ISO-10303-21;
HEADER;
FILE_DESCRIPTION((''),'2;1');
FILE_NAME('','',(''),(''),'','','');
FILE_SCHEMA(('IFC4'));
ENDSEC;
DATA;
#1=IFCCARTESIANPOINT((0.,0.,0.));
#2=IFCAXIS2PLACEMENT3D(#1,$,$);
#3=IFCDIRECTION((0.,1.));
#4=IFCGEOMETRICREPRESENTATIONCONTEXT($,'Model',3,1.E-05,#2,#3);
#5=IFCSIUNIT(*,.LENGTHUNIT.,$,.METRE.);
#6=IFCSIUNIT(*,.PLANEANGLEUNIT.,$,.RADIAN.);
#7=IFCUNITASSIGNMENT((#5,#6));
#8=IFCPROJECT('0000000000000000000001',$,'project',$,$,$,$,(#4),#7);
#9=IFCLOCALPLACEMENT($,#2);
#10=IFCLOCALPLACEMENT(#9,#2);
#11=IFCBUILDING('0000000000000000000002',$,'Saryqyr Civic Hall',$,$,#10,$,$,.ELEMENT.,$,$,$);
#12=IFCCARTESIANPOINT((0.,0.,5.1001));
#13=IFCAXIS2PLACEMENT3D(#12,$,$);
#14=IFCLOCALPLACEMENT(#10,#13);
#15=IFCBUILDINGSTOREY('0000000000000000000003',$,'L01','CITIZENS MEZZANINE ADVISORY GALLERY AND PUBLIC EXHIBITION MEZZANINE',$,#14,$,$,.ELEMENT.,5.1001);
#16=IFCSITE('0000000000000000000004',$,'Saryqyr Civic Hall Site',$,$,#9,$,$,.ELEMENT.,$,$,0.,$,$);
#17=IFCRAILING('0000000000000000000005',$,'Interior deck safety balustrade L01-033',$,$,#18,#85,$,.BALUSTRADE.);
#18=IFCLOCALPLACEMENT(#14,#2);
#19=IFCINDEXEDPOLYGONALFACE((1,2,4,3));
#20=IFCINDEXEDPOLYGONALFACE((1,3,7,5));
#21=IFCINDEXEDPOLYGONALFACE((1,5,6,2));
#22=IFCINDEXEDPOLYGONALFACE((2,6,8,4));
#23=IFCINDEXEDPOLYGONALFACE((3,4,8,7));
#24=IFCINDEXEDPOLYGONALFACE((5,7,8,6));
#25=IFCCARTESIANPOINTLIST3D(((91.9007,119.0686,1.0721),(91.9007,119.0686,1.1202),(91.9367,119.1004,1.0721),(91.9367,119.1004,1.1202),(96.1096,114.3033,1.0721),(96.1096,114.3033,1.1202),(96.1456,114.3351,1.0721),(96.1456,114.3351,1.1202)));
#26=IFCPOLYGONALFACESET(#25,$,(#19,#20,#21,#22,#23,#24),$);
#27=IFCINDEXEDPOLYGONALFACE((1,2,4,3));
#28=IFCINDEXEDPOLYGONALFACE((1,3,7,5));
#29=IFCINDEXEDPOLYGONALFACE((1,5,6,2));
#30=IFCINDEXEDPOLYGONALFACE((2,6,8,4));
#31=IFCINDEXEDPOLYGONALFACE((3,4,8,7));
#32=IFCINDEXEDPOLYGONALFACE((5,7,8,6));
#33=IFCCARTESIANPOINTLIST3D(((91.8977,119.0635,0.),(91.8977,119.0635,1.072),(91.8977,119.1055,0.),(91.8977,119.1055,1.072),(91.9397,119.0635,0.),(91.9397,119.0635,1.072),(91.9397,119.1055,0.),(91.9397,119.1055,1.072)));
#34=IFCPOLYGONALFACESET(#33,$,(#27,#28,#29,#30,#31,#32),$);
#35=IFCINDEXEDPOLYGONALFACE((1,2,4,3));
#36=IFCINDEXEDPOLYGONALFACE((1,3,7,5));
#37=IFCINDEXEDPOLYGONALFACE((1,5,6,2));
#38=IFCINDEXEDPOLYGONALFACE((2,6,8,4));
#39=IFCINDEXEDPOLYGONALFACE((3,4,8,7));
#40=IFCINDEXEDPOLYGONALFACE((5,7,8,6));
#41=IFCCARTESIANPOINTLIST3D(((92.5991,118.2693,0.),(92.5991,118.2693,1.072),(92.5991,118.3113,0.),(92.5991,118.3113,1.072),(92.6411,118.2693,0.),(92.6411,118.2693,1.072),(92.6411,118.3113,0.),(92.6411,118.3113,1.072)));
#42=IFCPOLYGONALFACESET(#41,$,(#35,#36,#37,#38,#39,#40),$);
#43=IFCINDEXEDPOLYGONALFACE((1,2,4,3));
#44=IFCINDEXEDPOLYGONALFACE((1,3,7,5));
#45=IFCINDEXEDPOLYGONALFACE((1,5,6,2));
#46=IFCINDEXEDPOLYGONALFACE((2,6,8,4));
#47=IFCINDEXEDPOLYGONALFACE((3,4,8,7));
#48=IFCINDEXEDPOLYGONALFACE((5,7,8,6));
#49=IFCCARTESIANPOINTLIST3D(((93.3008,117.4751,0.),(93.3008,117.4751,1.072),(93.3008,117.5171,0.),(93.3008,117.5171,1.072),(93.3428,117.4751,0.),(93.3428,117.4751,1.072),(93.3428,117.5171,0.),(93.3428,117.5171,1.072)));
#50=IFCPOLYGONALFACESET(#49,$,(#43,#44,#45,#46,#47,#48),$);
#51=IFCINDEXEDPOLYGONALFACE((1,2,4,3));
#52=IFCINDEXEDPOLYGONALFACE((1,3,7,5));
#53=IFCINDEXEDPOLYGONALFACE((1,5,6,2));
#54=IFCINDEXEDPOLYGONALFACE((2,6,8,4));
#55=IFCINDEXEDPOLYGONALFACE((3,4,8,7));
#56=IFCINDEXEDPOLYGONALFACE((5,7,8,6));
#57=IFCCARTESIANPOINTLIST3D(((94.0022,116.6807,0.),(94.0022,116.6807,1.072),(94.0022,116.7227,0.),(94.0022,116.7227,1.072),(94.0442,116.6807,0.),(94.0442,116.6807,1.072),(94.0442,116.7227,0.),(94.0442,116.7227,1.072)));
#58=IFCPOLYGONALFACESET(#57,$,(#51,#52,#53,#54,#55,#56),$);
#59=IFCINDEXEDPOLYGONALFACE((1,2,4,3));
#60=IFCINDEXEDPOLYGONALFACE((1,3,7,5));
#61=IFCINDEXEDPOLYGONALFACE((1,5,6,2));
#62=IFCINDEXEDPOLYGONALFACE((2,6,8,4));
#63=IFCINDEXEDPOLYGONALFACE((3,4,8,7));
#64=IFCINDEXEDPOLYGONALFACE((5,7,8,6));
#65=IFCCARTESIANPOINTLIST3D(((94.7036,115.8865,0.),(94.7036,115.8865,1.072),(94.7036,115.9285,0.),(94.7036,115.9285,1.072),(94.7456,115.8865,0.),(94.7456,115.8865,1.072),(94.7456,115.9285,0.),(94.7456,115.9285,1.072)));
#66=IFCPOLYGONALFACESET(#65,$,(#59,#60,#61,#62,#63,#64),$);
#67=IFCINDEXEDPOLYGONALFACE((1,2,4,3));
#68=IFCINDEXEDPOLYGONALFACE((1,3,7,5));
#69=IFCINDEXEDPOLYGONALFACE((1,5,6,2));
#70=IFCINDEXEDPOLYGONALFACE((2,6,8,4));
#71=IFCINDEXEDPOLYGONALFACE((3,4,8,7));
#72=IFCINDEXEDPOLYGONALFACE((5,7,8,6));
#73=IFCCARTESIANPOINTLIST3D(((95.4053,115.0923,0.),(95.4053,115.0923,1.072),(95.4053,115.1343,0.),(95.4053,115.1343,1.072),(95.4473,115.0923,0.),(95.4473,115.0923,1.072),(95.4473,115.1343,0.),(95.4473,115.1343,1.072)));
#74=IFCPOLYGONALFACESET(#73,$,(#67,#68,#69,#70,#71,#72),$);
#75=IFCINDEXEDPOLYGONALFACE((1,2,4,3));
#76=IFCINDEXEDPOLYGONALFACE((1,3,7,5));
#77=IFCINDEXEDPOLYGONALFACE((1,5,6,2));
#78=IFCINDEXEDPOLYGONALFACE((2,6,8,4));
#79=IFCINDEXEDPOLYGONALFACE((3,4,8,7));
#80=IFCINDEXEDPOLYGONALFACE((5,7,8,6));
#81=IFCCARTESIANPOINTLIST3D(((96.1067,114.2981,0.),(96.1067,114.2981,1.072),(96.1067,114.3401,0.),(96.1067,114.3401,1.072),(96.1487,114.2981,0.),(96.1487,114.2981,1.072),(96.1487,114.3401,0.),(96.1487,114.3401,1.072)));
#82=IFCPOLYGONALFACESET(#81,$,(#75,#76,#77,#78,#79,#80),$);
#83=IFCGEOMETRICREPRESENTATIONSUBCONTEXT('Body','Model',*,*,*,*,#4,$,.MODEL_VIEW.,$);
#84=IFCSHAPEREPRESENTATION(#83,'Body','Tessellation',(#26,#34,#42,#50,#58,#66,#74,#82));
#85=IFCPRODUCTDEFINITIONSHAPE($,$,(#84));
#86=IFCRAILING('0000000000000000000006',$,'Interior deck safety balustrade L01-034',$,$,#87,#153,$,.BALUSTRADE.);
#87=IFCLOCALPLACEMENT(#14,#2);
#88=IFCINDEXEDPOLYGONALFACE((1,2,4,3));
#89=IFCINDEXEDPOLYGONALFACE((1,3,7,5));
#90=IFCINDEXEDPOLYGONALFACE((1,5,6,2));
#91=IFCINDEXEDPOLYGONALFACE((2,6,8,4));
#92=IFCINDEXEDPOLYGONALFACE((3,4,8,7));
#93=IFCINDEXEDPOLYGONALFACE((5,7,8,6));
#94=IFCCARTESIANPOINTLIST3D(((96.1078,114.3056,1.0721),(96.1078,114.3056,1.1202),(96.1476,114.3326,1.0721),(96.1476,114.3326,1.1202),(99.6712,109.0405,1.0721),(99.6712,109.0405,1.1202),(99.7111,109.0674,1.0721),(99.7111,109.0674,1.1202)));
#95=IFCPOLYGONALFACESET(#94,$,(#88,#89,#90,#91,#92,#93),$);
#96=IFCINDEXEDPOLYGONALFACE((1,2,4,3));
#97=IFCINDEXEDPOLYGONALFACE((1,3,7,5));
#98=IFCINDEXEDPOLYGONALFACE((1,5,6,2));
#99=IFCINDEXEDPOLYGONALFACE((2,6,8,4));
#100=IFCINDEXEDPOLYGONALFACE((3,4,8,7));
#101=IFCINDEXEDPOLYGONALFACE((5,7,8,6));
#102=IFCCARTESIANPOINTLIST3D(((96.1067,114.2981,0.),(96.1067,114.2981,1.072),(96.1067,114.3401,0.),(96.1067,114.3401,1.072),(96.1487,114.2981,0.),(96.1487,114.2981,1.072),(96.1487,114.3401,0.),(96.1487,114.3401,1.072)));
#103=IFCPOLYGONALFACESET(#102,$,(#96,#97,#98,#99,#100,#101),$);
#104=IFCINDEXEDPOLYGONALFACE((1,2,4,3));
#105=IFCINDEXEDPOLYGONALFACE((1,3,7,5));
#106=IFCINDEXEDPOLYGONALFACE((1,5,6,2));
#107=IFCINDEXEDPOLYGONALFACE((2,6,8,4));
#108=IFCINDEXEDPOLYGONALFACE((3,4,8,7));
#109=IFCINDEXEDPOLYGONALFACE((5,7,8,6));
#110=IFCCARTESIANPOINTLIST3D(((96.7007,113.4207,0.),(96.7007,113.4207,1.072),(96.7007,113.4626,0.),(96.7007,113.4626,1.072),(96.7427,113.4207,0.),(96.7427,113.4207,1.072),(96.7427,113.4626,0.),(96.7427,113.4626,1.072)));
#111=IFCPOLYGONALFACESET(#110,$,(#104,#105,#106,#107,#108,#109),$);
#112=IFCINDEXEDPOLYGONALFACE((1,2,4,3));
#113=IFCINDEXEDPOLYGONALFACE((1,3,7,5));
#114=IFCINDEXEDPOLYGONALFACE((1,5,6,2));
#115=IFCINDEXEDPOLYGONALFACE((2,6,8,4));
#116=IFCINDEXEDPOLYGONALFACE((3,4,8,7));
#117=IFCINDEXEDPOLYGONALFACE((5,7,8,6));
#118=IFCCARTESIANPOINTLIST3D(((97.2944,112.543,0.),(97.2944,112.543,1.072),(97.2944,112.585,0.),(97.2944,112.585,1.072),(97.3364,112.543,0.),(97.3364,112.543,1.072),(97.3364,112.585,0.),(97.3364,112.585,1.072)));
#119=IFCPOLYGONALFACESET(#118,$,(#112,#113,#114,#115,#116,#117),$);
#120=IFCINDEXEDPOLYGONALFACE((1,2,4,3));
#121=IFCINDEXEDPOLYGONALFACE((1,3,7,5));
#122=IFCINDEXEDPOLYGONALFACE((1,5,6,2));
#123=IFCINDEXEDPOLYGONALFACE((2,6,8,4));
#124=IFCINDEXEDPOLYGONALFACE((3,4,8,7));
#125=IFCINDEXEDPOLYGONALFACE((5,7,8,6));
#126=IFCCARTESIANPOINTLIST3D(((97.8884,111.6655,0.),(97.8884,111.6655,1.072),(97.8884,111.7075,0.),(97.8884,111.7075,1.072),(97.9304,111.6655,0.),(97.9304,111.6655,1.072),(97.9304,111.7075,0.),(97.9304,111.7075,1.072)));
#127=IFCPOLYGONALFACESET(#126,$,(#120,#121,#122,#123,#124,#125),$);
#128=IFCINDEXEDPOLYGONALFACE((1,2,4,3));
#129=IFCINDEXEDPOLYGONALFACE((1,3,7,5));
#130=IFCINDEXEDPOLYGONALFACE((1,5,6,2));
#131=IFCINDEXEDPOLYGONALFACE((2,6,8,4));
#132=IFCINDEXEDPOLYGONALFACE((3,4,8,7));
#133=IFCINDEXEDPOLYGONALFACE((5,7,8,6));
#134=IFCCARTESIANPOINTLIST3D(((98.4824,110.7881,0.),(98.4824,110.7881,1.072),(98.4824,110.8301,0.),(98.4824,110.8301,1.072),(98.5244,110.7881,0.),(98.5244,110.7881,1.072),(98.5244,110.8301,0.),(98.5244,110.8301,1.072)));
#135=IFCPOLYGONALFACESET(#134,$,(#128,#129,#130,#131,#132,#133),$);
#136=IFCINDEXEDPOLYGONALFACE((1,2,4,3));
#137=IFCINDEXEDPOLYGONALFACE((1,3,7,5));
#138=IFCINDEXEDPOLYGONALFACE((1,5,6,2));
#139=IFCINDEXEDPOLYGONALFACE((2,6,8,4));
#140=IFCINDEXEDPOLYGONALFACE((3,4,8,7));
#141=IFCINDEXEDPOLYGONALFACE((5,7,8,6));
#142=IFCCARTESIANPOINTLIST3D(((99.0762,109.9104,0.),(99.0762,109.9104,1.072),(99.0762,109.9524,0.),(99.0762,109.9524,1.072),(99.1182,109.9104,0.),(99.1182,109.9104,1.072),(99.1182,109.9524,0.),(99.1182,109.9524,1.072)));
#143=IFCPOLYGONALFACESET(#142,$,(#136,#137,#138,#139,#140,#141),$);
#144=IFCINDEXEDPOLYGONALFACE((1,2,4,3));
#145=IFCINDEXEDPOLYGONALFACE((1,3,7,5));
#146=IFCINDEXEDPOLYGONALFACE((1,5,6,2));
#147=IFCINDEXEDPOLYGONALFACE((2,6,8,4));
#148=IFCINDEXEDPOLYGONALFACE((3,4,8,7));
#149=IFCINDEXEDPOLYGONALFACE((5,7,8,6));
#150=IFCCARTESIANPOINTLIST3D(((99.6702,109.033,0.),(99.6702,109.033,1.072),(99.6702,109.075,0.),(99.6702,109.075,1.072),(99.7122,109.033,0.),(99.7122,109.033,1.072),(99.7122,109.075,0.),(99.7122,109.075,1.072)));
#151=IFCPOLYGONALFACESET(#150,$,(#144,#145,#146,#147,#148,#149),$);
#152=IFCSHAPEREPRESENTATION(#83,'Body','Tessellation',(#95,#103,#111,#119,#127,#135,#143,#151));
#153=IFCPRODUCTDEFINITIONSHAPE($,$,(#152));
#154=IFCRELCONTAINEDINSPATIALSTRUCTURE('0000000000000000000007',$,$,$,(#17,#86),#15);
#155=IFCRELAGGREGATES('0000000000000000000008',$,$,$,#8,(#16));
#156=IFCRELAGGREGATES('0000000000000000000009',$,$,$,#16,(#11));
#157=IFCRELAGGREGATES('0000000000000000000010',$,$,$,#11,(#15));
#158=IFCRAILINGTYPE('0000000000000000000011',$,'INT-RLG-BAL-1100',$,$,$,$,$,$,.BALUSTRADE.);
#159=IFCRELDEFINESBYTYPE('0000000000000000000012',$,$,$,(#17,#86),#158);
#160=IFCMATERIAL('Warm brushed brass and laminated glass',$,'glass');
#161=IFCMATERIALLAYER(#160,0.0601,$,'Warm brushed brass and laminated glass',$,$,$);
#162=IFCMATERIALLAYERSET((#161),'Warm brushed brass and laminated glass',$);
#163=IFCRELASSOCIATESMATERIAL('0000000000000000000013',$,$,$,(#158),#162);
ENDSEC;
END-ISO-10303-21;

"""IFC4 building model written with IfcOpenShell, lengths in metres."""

from ifc_helpers import new_model, si_unit, direction, frame, origin, origin_2d, place, context, subcontext, project, spatial, rectangle, extrude, material, layer, layer_set, type_object, element, save


model = new_model("IFC4")

# Units and contexts
model_context = context("Model", 3, precision=1e-05, world=origin(), true_north=direction((0.0, 1.0)))
body_context = subcontext(model_context, "Body", "Model", "MODEL_VIEW")
ifc_project = project(units=[si_unit("LENGTHUNIT", "METRE"), si_unit("PLANEANGLEUNIT", "RADIAN")], contexts=[model_context])

# Site, building, storey
site_placement = place(None, origin())
site = spatial("IfcSite", under=ifc_project, at=site_placement, Name="Saryqyr Civic Hall Site", CompositionType="ELEMENT", RefElevation=0.0)
building_placement = place(site_placement, origin())
building = spatial("IfcBuilding", under=site, at=building_placement, Name="Saryqyr Civic Hall", CompositionType="ELEMENT")
storey_placement = place(building_placement, frame((0.0, 0.0, 5.1001)))
storey = spatial("IfcBuildingStorey", under=building, at=storey_placement, Name="L01", Description="CITIZENS MEZZANINE ADVISORY GALLERY AND PUBLIC EXHIBITION MEZZANINE", CompositionType="ELEMENT", Elevation=5.1001)

# Railings
ifc_material_1 = material(Name="Warm brushed brass and laminated glass", Category="glass")
ifc_layer_1 = layer(ifc_material_1, 0.0601, Name="Warm brushed brass and laminated glass")
ifc_layer_set_1 = layer_set([ifc_layer_1], Name="Warm brushed brass and laminated glass")
railing_type = type_object("IfcRailingType", Name="INT-RLG-BAL-1100", PredefinedType="BALUSTRADE", material=ifc_layer_set_1)
railing_1_placement = place(storey_placement, frame((91.9187, 119.0845, 0.0)))
element("IfcRailing", 1, at=railing_1_placement, inside=storey, type_object=railing_type, Name="Interior deck safety balustrade L01-033", PredefinedType="BALUSTRADE", context=body_context, shape_type="SweptSolid", body=[
    extrude(rectangle(XDim=0.0481, YDim=0.0481, at=origin_2d()), frame((0.0, 0.0, 1.0962), z_axis=(0.661996, -0.749507, 0.0), x_axis=(0.749507, 0.661996, 0.0)), (0.0, 0.0, 1.0), 6.3579),
    extrude(rectangle(XDim=0.042, YDim=0.042, at=origin_2d()), origin(), (0.0, 0.0, 1.0), 1.072),
    extrude(rectangle(XDim=0.042, YDim=0.042, at=origin_2d()), frame((0.7014, -0.7942, 0.0)), (0.0, 0.0, 1.0), 1.072),
    extrude(rectangle(XDim=0.042, YDim=0.042, at=origin_2d()), frame((1.4031, -1.5884, 0.0)), (0.0, 0.0, 1.0), 1.072),
    extrude(rectangle(XDim=0.042, YDim=0.042, at=origin_2d()), frame((2.1045, -2.3828, 0.0)), (0.0, 0.0, 1.0), 1.072),
    extrude(rectangle(XDim=0.042, YDim=0.042, at=origin_2d()), frame((2.8059, -3.177, 0.0)), (0.0, 0.0, 1.0), 1.072),
    extrude(rectangle(XDim=0.042, YDim=0.042, at=origin_2d()), frame((3.5076, -3.9712, 0.0)), (0.0, 0.0, 1.0), 1.072),
    extrude(rectangle(XDim=0.042, YDim=0.042, at=origin_2d()), frame((4.209, -4.7654, 0.0)), (0.0, 0.0, 1.0), 1.072),
])
railing_2_placement = place(storey_placement, frame((96.1277, 114.3191, 0.0)))
element("IfcRailing", 2, at=railing_2_placement, inside=storey, type_object=railing_type, Name="Interior deck safety balustrade L01-034", PredefinedType="BALUSTRADE", context=body_context, shape_type="SweptSolid", body=[
    extrude(rectangle(XDim=0.0481, YDim=0.0481, at=origin_2d()), frame((0.0, 0.0, 1.0962), z_axis=(0.5605, -0.828154, 0.0), x_axis=(0.828154, 0.5605, 0.0)), (0.0, 0.0, 1.0), 6.3577),
    extrude(rectangle(XDim=0.042, YDim=0.042, at=origin_2d()), origin(), (0.0, 0.0, 1.0), 1.072),
    extrude(rectangle(XDim=0.042, YDim=0.042, at=origin_2d()), frame((0.594, -0.8774, 0.0)), (0.0, 0.0, 1.0), 1.072),
    extrude(rectangle(XDim=0.042, YDim=0.042, at=origin_2d()), frame((1.1877, -1.7551, 0.0)), (0.0, 0.0, 1.0), 1.072),
    extrude(rectangle(XDim=0.042, YDim=0.042, at=origin_2d()), frame((1.7817, -2.6326, 0.0)), (0.0, 0.0, 1.0), 1.072),
    extrude(rectangle(XDim=0.042, YDim=0.042, at=origin_2d()), frame((2.3757, -3.51, 0.0)), (0.0, 0.0, 1.0), 1.072),
    extrude(rectangle(XDim=0.042, YDim=0.042, at=origin_2d()), frame((2.9695, -4.3877, 0.0)), (0.0, 0.0, 1.0), 1.072),
    extrude(rectangle(XDim=0.042, YDim=0.042, at=origin_2d()), frame((3.5635, -5.2651, 0.0)), (0.0, 0.0, 1.0), 1.072),
])

save(model, "model.ifc")
